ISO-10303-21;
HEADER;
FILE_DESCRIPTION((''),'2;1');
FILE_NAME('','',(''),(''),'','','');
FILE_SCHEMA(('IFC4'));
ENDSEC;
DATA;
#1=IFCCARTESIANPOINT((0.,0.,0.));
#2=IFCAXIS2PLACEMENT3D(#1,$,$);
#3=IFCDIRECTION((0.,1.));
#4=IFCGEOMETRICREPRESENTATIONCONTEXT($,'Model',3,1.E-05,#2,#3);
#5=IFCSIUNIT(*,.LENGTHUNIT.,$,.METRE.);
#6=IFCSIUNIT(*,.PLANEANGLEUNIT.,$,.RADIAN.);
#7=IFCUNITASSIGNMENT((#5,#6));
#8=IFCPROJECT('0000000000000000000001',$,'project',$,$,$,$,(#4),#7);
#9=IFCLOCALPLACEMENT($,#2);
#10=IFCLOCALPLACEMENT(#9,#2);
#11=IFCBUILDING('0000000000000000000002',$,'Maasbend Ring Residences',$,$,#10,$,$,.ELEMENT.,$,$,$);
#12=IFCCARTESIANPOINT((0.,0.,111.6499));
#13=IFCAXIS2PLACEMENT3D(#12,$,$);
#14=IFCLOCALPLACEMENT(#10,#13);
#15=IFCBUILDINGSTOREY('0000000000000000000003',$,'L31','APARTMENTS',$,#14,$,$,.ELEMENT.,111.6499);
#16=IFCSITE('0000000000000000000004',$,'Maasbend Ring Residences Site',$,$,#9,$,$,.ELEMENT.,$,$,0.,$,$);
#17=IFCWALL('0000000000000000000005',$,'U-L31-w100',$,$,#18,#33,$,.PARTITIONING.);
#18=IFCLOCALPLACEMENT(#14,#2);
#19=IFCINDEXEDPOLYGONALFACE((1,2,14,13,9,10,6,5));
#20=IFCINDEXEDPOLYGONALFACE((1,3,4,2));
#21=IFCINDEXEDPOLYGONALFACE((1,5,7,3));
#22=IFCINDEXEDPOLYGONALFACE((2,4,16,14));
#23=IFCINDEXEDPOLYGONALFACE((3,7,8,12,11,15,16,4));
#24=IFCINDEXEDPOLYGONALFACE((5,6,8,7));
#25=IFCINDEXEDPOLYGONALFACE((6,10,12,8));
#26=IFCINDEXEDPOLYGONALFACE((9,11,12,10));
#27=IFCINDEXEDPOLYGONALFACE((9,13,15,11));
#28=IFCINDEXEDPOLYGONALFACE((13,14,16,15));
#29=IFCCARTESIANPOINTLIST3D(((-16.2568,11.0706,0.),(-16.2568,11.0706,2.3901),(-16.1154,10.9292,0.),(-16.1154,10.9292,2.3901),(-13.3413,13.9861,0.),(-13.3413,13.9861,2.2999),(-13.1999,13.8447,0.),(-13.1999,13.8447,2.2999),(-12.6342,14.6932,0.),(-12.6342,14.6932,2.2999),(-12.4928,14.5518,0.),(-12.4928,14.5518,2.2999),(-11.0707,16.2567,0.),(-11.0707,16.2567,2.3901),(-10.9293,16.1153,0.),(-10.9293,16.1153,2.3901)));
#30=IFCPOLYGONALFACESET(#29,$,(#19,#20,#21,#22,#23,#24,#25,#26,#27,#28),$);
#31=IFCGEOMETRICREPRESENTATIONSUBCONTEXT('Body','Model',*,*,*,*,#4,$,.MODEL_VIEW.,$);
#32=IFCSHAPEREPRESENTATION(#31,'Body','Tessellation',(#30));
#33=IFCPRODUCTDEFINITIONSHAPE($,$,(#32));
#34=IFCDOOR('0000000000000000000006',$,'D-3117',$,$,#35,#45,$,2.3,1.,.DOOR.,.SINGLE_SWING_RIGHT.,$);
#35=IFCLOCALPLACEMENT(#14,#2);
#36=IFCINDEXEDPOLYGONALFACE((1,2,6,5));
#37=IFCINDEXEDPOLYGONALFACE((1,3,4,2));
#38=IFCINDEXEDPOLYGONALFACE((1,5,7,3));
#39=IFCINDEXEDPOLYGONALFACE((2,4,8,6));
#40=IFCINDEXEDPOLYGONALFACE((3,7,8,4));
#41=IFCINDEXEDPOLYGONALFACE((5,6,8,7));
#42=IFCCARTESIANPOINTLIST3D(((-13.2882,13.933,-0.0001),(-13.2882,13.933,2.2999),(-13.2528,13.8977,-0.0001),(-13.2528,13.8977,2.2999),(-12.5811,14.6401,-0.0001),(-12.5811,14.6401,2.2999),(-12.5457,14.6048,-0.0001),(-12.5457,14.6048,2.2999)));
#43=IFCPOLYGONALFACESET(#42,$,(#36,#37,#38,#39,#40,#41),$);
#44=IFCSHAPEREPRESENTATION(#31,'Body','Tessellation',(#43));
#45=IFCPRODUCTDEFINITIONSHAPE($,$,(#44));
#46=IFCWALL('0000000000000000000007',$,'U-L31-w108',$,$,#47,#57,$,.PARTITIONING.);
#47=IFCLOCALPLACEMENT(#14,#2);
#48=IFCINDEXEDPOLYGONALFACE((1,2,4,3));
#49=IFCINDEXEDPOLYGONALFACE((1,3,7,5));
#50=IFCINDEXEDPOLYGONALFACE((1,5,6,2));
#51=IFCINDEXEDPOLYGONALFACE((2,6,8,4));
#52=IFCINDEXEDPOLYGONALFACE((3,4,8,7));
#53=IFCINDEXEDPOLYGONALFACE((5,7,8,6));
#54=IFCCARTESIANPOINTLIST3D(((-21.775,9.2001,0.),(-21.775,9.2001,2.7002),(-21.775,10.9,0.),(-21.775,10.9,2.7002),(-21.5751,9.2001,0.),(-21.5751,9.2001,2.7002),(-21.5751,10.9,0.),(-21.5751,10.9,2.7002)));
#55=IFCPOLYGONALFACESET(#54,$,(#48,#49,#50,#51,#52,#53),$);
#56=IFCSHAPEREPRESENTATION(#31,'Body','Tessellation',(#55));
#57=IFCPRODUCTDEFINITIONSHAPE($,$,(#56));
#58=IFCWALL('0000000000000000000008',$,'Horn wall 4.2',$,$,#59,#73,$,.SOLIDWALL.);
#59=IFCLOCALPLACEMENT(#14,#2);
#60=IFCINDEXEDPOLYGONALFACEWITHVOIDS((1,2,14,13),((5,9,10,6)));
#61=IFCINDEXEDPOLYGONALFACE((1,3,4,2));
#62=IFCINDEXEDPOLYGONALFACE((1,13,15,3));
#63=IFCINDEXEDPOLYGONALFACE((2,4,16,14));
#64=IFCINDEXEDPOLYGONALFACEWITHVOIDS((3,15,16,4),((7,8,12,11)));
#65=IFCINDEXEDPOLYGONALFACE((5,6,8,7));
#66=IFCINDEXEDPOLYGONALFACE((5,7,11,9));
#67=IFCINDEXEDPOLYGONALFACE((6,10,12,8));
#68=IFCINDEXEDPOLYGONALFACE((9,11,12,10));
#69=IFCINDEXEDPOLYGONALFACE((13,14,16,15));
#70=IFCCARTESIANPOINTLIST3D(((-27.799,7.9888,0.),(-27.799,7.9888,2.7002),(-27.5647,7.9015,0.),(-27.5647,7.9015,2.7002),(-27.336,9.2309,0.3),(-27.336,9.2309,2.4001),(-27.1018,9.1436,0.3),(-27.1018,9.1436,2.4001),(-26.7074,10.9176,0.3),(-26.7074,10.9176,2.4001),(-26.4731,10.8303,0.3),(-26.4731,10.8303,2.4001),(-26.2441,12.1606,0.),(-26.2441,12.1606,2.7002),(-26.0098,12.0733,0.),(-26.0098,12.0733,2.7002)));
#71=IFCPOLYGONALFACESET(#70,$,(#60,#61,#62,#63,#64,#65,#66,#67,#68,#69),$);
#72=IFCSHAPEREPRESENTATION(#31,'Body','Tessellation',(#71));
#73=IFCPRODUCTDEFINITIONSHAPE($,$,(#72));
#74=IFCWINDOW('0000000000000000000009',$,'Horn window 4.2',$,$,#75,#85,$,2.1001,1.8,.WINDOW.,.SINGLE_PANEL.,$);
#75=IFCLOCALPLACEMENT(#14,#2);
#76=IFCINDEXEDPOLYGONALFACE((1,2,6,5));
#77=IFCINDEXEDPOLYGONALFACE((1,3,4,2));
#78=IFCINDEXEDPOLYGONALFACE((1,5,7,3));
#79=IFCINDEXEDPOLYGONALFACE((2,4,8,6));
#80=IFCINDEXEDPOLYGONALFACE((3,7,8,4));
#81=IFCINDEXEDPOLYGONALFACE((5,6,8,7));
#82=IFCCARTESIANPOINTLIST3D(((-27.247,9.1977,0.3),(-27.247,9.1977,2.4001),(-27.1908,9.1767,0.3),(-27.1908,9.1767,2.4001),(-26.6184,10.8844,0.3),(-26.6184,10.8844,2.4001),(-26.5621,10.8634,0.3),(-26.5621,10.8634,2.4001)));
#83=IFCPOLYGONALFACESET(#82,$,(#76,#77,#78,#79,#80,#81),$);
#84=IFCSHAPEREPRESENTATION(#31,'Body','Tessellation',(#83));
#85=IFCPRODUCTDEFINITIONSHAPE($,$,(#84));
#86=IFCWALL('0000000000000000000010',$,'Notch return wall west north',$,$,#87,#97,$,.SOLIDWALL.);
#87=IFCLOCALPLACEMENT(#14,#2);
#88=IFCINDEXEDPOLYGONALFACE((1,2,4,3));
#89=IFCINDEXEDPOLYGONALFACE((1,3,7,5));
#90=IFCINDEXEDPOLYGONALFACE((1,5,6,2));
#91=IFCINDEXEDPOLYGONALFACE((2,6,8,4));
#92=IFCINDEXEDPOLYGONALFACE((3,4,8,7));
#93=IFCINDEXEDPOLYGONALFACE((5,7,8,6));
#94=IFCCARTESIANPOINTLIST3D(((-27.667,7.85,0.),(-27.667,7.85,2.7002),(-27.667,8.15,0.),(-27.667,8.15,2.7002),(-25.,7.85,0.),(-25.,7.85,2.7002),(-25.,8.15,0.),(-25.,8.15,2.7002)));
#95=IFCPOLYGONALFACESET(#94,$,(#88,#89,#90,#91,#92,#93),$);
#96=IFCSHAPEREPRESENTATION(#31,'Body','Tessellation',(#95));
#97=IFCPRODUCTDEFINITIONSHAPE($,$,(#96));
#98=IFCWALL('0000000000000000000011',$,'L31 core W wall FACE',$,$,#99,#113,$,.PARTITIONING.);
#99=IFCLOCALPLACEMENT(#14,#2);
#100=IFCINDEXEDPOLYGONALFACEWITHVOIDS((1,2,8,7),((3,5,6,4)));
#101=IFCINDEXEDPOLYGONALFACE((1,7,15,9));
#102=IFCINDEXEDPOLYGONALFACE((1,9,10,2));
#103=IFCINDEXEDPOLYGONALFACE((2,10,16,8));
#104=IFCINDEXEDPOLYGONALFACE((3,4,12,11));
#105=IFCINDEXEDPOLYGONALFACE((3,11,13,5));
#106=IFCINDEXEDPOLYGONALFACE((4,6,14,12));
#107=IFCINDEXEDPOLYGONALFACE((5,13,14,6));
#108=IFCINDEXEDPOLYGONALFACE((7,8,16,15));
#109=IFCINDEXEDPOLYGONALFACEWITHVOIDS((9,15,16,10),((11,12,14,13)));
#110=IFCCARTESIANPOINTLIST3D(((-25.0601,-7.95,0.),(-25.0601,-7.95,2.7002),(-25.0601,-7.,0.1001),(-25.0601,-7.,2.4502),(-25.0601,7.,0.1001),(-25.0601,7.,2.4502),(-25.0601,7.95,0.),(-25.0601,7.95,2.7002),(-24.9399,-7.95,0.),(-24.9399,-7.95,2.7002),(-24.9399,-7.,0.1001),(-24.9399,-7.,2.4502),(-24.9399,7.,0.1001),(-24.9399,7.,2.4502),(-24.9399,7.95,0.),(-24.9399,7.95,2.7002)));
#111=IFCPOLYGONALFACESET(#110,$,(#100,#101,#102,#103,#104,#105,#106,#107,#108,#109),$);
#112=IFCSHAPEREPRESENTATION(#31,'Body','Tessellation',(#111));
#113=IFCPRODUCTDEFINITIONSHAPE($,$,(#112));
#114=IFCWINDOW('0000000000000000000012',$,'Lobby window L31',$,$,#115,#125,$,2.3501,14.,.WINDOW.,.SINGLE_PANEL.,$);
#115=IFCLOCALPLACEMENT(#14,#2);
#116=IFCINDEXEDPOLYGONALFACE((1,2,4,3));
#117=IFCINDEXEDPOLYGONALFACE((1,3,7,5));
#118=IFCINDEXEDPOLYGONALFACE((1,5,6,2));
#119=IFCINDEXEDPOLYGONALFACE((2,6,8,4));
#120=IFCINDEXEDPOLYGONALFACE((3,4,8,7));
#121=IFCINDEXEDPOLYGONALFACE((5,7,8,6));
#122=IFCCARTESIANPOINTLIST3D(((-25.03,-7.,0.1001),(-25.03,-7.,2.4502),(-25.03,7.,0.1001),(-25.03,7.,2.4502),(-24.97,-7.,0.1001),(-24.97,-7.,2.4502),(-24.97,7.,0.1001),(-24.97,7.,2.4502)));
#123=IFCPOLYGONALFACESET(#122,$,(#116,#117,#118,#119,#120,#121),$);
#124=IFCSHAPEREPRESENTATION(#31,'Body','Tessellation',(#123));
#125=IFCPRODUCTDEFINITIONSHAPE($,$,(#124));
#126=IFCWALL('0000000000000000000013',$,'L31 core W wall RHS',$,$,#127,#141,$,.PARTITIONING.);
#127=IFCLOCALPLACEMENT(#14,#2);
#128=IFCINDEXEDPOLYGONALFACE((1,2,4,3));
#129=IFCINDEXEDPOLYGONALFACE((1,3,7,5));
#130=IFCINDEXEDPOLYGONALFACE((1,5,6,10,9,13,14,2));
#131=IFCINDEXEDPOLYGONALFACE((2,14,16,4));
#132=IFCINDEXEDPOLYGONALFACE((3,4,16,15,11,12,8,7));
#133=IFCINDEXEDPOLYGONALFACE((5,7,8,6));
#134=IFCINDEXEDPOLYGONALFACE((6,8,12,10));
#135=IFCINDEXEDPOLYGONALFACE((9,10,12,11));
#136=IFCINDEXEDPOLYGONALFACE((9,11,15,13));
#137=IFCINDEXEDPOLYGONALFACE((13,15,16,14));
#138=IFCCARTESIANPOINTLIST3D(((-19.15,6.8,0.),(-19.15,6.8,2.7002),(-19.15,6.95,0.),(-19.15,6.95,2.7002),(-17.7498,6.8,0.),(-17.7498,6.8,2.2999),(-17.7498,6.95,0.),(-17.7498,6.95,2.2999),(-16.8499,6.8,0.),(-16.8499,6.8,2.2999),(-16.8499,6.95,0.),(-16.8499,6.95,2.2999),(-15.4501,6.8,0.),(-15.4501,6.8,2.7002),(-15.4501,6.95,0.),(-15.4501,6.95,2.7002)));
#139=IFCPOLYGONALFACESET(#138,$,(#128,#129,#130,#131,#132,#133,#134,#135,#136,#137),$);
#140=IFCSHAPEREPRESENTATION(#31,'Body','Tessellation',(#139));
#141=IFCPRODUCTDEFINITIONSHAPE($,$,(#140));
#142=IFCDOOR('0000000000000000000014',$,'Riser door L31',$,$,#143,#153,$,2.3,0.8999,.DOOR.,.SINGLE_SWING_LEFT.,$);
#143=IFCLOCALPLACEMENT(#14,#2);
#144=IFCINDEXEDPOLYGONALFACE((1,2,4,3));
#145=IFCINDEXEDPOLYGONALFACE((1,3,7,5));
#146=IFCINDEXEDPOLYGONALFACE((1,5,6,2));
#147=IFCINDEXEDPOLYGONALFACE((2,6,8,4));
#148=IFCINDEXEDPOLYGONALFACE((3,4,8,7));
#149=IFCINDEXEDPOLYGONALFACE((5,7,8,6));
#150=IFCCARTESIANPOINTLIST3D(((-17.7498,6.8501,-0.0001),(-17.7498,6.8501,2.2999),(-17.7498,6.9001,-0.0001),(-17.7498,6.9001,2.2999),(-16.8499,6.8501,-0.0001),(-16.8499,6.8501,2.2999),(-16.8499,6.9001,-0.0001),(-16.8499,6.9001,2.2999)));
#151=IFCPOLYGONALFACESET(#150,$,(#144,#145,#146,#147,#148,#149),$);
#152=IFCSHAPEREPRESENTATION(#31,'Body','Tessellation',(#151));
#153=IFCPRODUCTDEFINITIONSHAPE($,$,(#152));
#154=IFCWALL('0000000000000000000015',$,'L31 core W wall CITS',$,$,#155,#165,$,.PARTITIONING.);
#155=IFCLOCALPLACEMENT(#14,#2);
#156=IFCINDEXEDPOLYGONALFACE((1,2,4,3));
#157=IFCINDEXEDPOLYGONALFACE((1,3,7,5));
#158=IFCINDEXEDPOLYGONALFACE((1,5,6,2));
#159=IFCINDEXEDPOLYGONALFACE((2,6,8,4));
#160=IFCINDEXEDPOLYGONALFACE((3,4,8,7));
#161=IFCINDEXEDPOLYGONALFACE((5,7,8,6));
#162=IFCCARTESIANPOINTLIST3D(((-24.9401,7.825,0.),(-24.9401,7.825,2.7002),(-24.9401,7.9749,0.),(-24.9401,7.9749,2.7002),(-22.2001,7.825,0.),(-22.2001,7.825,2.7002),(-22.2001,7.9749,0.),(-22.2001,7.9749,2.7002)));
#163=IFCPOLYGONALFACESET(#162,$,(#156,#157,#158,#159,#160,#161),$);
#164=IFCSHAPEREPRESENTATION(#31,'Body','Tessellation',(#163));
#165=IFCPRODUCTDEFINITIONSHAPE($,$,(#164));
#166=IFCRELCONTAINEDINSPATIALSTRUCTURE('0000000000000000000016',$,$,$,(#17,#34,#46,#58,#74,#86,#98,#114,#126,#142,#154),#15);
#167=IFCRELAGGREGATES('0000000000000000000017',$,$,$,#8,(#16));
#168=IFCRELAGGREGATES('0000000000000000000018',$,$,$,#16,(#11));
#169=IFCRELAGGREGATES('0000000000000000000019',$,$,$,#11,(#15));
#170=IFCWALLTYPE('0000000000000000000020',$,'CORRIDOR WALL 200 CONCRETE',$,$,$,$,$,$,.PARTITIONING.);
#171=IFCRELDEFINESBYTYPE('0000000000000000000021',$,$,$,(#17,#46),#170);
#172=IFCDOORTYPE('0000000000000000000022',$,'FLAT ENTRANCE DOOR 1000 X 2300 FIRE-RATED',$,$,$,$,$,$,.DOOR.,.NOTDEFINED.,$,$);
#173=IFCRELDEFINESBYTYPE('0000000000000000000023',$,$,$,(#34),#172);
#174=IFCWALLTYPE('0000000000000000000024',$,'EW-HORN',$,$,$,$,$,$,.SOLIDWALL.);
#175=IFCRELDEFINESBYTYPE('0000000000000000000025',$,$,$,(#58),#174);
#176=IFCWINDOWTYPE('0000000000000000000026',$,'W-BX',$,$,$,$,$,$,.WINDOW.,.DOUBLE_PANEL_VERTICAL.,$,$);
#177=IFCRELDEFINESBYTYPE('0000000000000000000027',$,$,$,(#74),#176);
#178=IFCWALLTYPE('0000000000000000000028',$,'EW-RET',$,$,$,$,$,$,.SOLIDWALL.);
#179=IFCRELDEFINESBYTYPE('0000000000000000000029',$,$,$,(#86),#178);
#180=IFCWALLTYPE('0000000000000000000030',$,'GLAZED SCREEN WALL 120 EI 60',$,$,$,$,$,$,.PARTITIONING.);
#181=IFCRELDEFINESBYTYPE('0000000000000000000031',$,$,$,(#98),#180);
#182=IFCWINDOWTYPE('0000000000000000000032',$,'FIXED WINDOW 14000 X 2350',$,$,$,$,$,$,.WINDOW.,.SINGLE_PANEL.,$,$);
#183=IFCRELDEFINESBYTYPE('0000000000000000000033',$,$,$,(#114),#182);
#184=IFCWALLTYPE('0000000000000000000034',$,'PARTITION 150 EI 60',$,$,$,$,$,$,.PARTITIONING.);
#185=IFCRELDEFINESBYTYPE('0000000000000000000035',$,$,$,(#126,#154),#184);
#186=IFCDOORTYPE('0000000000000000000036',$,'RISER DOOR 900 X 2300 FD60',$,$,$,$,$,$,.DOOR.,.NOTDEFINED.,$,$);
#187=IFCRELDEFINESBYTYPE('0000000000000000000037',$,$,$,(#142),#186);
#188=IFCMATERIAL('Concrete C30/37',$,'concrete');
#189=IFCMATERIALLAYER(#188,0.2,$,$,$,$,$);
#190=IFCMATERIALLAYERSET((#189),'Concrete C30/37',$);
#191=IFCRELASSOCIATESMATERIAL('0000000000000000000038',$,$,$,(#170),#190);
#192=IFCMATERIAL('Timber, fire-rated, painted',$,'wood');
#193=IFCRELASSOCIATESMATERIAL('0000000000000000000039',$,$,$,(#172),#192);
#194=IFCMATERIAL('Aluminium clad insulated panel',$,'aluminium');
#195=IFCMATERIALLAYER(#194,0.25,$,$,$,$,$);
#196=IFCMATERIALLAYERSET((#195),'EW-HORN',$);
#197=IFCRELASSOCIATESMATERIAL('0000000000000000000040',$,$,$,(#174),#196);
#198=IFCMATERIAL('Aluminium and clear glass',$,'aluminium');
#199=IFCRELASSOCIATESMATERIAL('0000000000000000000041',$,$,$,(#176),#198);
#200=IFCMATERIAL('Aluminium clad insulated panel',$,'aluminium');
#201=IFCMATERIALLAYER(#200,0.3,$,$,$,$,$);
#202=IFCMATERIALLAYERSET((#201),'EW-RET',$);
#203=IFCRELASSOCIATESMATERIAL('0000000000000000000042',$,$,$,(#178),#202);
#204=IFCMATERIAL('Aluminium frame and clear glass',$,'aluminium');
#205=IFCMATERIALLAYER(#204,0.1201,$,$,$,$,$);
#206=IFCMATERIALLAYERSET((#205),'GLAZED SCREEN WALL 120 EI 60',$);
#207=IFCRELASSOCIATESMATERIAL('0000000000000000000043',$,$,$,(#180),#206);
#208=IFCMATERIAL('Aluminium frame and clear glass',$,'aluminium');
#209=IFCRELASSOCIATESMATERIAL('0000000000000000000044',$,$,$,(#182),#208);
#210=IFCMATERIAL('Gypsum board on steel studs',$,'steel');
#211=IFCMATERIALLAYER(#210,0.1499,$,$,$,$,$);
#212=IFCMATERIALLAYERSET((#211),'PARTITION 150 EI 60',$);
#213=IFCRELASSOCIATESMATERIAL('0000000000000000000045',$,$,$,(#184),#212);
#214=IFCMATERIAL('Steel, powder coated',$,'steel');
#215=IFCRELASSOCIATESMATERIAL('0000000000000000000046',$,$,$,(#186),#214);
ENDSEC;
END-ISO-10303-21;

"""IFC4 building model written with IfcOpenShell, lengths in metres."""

from ifc_helpers import new_model, si_unit, direction, frame, frame_2d, origin, place, context, subcontext, project, spatial, rectangle, extrude, material, layer, layer_set, type_object, element, fill, save


model = new_model("IFC4")

# Units and contexts
model_context = context("Model", 3, precision=1e-05, world=origin(), true_north=direction((0.0, 1.0)))
body_context = subcontext(model_context, "Body", "Model", "MODEL_VIEW")
ifc_project = project(units=[si_unit("LENGTHUNIT", "METRE"), si_unit("PLANEANGLEUNIT", "RADIAN")], contexts=[model_context])

# Site, building, storey
site_placement = place(None, origin())
site = spatial("IfcSite", under=ifc_project, at=site_placement, Name="Maasbend Ring Residences Site", CompositionType="ELEMENT", RefElevation=0.0)
building_placement = place(site_placement, origin())
building = spatial("IfcBuilding", under=site, at=building_placement, Name="Maasbend Ring Residences", CompositionType="ELEMENT")
storey_placement = place(building_placement, frame((0.0, 0.0, 111.6499)))
storey = spatial("IfcBuildingStorey", under=building, at=storey_placement, Name="L31", Description="APARTMENTS", CompositionType="ELEMENT", Elevation=111.6499)

# Wall, opening, door
ifc_material_1 = material(Name="Concrete C30/37", Category="concrete")
ifc_layer_1 = layer(ifc_material_1, 0.2)
ifc_layer_set_1 = layer_set([ifc_layer_1], Name="Concrete C30/37")
wall_type_1 = type_object("IfcWallType", Name="CORRIDOR WALL 200 CONCRETE", PredefinedType="PARTITIONING", material=ifc_layer_set_1)
wall_1_placement = place(storey_placement, frame((-16.186, 11.0, 0.0), z_axis=(0.0, 0.0, 1.0), x_axis=(0.707107, 0.707107, 0.0)))
wall_1 = element("IfcWall", 1, at=wall_1_placement, inside=storey, type_object=wall_type_1, Name="U-L31-w100", PredefinedType="PARTITIONING", context=body_context, shape_type="SweptSolid", body=[
    extrude(rectangle(XDim=7.3342, YDim=0.2, at=frame_2d((3.667, 0.0))), origin(), (0.0, 0.0, 1.0), 2.3901),
])
opening_1_placement = place(wall_1_placement, frame((4.123, 0.0, 0.0)))
opening_1 = element("IfcOpeningElement", 2, at=opening_1_placement, cuts=wall_1, PredefinedType="OPENING", context=body_context, shape_type="SweptSolid", body=[
    extrude(rectangle(XDim=1.0, YDim=2.3, at=frame_2d((0.5, 1.1499))), frame((0.0, 0.1099, 0.0), z_axis=(0.0, -1.0, 0.0), x_axis=(1.0, 0.0, 0.0)), (0.0, 0.0, 1.0), 0.22),
])
ifc_material_2 = material(Name="Timber, fire-rated, painted", Category="wood")
door_type_1 = type_object("IfcDoorType", Name="FLAT ENTRANCE DOOR 1000 X 2300 FIRE-RATED", OperationType="NOTDEFINED", PredefinedType="DOOR", material=ifc_material_2)
door_1_placement = place(opening_1_placement, origin())
door_1 = element("IfcDoor", 3, at=door_1_placement, inside=storey, type_object=door_type_1, Name="D-3117", OperationType="SINGLE_SWING_RIGHT", OverallHeight=2.3, OverallWidth=1.0, PredefinedType="DOOR", context=body_context, shape_type="SweptSolid", body=[
    extrude(rectangle(XDim=1.0, YDim=2.3, at=frame_2d((0.5, 1.1499))), frame((0.0, 0.0249, 0.0), z_axis=(0.0, -1.0, 0.0), x_axis=(1.0, 0.0, 0.0)), (0.0, 0.0, 1.0), 0.05),
])
fill(opening_1, door_1)

# Wall
wall_2_placement = place(storey_placement, frame((-21.675, 9.2, 0.0), z_axis=(0.0, 0.0, 1.0), x_axis=(0.0, 1.0, 0.0)))
element("IfcWall", 4, at=wall_2_placement, inside=storey, type_object=wall_type_1, Name="U-L31-w108", PredefinedType="PARTITIONING", context=body_context, shape_type="SweptSolid", body=[
    extrude(rectangle(XDim=1.7, YDim=0.2, at=frame_2d((0.8501, 0.0))), origin(), (0.0, 0.0, 1.0), 2.7002),
])

# Wall, opening, window
ifc_material_3 = material(Name="Aluminium clad insulated panel", Category="aluminium")
ifc_layer_2 = layer(ifc_material_3, 0.25)
ifc_layer_set_2 = layer_set([ifc_layer_2], Name="EW-HORN")
wall_type_2 = type_object("IfcWallType", Name="EW-HORN", PredefinedType="SOLIDWALL", material=ifc_layer_set_2)
wall_3_placement = place(storey_placement, frame((-26.127, 12.1169, 0.0), z_axis=(0.0, 0.0, 1.0), x_axis=(-0.349248, -0.93703, 0.0)))
wall_3 = element("IfcWall", 5, at=wall_3_placement, inside=storey, type_object=wall_type_2, Name="Horn wall 4.2", PredefinedType="SOLIDWALL", context=body_context, shape_type="SweptSolid", body=[
    extrude(rectangle(XDim=4.4521, YDim=0.25, at=frame_2d((2.2261, 0.0))), origin(), (0.0, 0.0, 1.0), 2.7002),
])
opening_2_placement = place(wall_3_placement, frame((1.3267, 0.0, 0.3)))
opening_2 = element("IfcOpeningElement", 6, at=opening_2_placement, cuts=wall_3, PredefinedType="OPENING", context=body_context, shape_type="SweptSolid", body=[
    extrude(rectangle(XDim=1.8, YDim=2.1001, at=frame_2d((0.8999, 1.05))), frame((0.0, 0.135, 0.0), z_axis=(0.0, -1.0, 0.0), x_axis=(1.0, 0.0, 0.0)), (0.0, 0.0, 1.0), 0.27),
])
ifc_material_4 = material(Name="Aluminium and clear glass", Category="aluminium")
window_type_1 = type_object("IfcWindowType", Name="W-BX", PartitioningType="DOUBLE_PANEL_VERTICAL", PredefinedType="WINDOW", material=ifc_material_4)
window_1_placement = place(opening_2_placement, origin())
window_1 = element("IfcWindow", 7, at=window_1_placement, inside=storey, type_object=window_type_1, Name="Horn window 4.2", OverallHeight=2.1001, OverallWidth=1.8, PartitioningType="SINGLE_PANEL", PredefinedType="WINDOW", context=body_context, shape_type="SweptSolid", body=[
    extrude(rectangle(XDim=1.8, YDim=2.1001, at=frame_2d((0.8999, 1.05))), frame((0.0, 0.03, 0.0), z_axis=(0.0, -1.0, 0.0), x_axis=(1.0, 0.0, 0.0)), (0.0, 0.0, 1.0), 0.0601),
])
fill(opening_2, window_1)

# Wall
ifc_material_5 = material(Name="Aluminium clad insulated panel", Category="aluminium")
ifc_layer_3 = layer(ifc_material_5, 0.3)
ifc_layer_set_3 = layer_set([ifc_layer_3], Name="EW-RET")
wall_type_3 = type_object("IfcWallType", Name="EW-RET", PredefinedType="SOLIDWALL", material=ifc_layer_set_3)
wall_4_placement = place(storey_placement, frame((-25.0, 8.0, 0.0), z_axis=(0.0, 0.0, 1.0), x_axis=(-1.0, 0.0, 0.0)))
element("IfcWall", 8, at=wall_4_placement, inside=storey, type_object=wall_type_3, Name="Notch return wall west north", PredefinedType="SOLIDWALL", context=body_context, shape_type="SweptSolid", body=[
    extrude(rectangle(XDim=2.667, YDim=0.3, at=frame_2d((1.3335, 0.0))), origin(), (0.0, 0.0, 1.0), 2.7002),
])

# Wall, opening, window
ifc_material_6 = material(Name="Aluminium frame and clear glass", Category="aluminium")
ifc_layer_4 = layer(ifc_material_6, 0.1201)
ifc_layer_set_4 = layer_set([ifc_layer_4], Name="GLAZED SCREEN WALL 120 EI 60")
wall_type_4 = type_object("IfcWallType", Name="GLAZED SCREEN WALL 120 EI 60", PredefinedType="PARTITIONING", material=ifc_layer_set_4)
wall_5_placement = place(storey_placement, frame((-25.0, 7.95, 0.0), z_axis=(0.0, 0.0, 1.0), x_axis=(0.0, -1.0, 0.0)))
wall_5 = element("IfcWall", 9, at=wall_5_placement, inside=storey, type_object=wall_type_4, Name="L31 core W wall FACE", PredefinedType="PARTITIONING", context=body_context, shape_type="SweptSolid", body=[
    extrude(rectangle(XDim=15.8999, YDim=0.1201, at=frame_2d((7.95, 0.0))), origin(), (0.0, 0.0, 1.0), 2.7002),
])
opening_3_placement = place(wall_5_placement, frame((0.95, 0.0, 0.1001)))
opening_3 = element("IfcOpeningElement", 10, at=opening_3_placement, cuts=wall_5, PredefinedType="OPENING", context=body_context, shape_type="SweptSolid", body=[
    extrude(rectangle(XDim=14.0, YDim=2.3501, at=frame_2d((7.0, 1.175))), frame((0.0, 0.0701, 0.0), z_axis=(0.0, -1.0, 0.0), x_axis=(1.0, 0.0, 0.0)), (0.0, 0.0, 1.0), 0.1401),
])
ifc_material_7 = material(Name="Aluminium frame and clear glass", Category="aluminium")
window_type_2 = type_object("IfcWindowType", Name="FIXED WINDOW 14000 X 2350", PartitioningType="SINGLE_PANEL", PredefinedType="WINDOW", material=ifc_material_7)
window_2_placement = place(opening_3_placement, origin())
window_2 = element("IfcWindow", 11, at=window_2_placement, inside=storey, type_object=window_type_2, Name="Lobby window L31", OverallHeight=2.3501, OverallWidth=14.0, PartitioningType="SINGLE_PANEL", PredefinedType="WINDOW", context=body_context, shape_type="SweptSolid", body=[
    extrude(rectangle(XDim=14.0, YDim=2.3501, at=frame_2d((7.0, 1.175))), frame((0.0, 0.03, 0.0), z_axis=(0.0, -1.0, 0.0), x_axis=(1.0, 0.0, 0.0)), (0.0, 0.0, 1.0), 0.0601),
])
fill(opening_3, window_2)

# Wall, opening, door
ifc_material_8 = material(Name="Gypsum board on steel studs", Category="steel")
ifc_layer_5 = layer(ifc_material_8, 0.1499)
ifc_layer_set_5 = layer_set([ifc_layer_5], Name="PARTITION 150 EI 60")
wall_type_5 = type_object("IfcWallType", Name="PARTITION 150 EI 60", PredefinedType="PARTITIONING", material=ifc_layer_set_5)
wall_6_placement = place(storey_placement, frame((-15.45, 6.875, 0.0), z_axis=(0.0, 0.0, 1.0), x_axis=(-1.0, 0.0, 0.0)))
wall_6 = element("IfcWall", 12, at=wall_6_placement, inside=storey, type_object=wall_type_5, Name="L31 core W wall RHS", PredefinedType="PARTITIONING", context=body_context, shape_type="SweptSolid", body=[
    extrude(rectangle(XDim=3.7, YDim=0.1499, at=frame_2d((1.8501, 0.0))), origin(), (0.0, 0.0, 1.0), 2.7002),
])
opening_4_placement = place(wall_6_placement, frame((1.3999, 0.0, 0.0)))
opening_4 = element("IfcOpeningElement", 13, at=opening_4_placement, cuts=wall_6, PredefinedType="OPENING", context=body_context, shape_type="SweptSolid", body=[
    extrude(rectangle(XDim=0.8999, YDim=2.3, at=frame_2d((0.45, 1.1499))), frame((0.0, 0.085, 0.0), z_axis=(0.0, -1.0, 0.0), x_axis=(1.0, 0.0, 0.0)), (0.0, 0.0, 1.0), 0.1699),
])
ifc_material_9 = material(Name="Steel, powder coated", Category="steel")
door_type_2 = type_object("IfcDoorType", Name="RISER DOOR 900 X 2300 FD60", OperationType="NOTDEFINED", PredefinedType="DOOR", material=ifc_material_9)
door_2_placement = place(opening_4_placement, origin())
door_2 = element("IfcDoor", 14, at=door_2_placement, inside=storey, type_object=door_type_2, Name="Riser door L31", OperationType="SINGLE_SWING_LEFT", OverallHeight=2.3, OverallWidth=0.8999, PredefinedType="DOOR", context=body_context, shape_type="SweptSolid", body=[
    extrude(rectangle(XDim=0.8999, YDim=2.3, at=frame_2d((0.45, 1.1499))), frame((0.0, 0.0249, 0.0), z_axis=(0.0, -1.0, 0.0), x_axis=(1.0, 0.0, 0.0)), (0.0, 0.0, 1.0), 0.05),
])
fill(opening_4, door_2)

# Wall
wall_7_placement = place(storey_placement, frame((-22.2, 7.8999, 0.0), z_axis=(0.0, 0.0, 1.0), x_axis=(-1.0, 0.0, 0.0)))
element("IfcWall", 15, at=wall_7_placement, inside=storey, type_object=wall_type_5, Name="L31 core W wall CITS", PredefinedType="PARTITIONING", context=body_context, shape_type="SweptSolid", body=[
    extrude(rectangle(XDim=2.74, YDim=0.1499, at=frame_2d((1.3701, 0.0))), origin(), (0.0, 0.0, 1.0), 2.7002),
])

save(model, "model.ifc")
